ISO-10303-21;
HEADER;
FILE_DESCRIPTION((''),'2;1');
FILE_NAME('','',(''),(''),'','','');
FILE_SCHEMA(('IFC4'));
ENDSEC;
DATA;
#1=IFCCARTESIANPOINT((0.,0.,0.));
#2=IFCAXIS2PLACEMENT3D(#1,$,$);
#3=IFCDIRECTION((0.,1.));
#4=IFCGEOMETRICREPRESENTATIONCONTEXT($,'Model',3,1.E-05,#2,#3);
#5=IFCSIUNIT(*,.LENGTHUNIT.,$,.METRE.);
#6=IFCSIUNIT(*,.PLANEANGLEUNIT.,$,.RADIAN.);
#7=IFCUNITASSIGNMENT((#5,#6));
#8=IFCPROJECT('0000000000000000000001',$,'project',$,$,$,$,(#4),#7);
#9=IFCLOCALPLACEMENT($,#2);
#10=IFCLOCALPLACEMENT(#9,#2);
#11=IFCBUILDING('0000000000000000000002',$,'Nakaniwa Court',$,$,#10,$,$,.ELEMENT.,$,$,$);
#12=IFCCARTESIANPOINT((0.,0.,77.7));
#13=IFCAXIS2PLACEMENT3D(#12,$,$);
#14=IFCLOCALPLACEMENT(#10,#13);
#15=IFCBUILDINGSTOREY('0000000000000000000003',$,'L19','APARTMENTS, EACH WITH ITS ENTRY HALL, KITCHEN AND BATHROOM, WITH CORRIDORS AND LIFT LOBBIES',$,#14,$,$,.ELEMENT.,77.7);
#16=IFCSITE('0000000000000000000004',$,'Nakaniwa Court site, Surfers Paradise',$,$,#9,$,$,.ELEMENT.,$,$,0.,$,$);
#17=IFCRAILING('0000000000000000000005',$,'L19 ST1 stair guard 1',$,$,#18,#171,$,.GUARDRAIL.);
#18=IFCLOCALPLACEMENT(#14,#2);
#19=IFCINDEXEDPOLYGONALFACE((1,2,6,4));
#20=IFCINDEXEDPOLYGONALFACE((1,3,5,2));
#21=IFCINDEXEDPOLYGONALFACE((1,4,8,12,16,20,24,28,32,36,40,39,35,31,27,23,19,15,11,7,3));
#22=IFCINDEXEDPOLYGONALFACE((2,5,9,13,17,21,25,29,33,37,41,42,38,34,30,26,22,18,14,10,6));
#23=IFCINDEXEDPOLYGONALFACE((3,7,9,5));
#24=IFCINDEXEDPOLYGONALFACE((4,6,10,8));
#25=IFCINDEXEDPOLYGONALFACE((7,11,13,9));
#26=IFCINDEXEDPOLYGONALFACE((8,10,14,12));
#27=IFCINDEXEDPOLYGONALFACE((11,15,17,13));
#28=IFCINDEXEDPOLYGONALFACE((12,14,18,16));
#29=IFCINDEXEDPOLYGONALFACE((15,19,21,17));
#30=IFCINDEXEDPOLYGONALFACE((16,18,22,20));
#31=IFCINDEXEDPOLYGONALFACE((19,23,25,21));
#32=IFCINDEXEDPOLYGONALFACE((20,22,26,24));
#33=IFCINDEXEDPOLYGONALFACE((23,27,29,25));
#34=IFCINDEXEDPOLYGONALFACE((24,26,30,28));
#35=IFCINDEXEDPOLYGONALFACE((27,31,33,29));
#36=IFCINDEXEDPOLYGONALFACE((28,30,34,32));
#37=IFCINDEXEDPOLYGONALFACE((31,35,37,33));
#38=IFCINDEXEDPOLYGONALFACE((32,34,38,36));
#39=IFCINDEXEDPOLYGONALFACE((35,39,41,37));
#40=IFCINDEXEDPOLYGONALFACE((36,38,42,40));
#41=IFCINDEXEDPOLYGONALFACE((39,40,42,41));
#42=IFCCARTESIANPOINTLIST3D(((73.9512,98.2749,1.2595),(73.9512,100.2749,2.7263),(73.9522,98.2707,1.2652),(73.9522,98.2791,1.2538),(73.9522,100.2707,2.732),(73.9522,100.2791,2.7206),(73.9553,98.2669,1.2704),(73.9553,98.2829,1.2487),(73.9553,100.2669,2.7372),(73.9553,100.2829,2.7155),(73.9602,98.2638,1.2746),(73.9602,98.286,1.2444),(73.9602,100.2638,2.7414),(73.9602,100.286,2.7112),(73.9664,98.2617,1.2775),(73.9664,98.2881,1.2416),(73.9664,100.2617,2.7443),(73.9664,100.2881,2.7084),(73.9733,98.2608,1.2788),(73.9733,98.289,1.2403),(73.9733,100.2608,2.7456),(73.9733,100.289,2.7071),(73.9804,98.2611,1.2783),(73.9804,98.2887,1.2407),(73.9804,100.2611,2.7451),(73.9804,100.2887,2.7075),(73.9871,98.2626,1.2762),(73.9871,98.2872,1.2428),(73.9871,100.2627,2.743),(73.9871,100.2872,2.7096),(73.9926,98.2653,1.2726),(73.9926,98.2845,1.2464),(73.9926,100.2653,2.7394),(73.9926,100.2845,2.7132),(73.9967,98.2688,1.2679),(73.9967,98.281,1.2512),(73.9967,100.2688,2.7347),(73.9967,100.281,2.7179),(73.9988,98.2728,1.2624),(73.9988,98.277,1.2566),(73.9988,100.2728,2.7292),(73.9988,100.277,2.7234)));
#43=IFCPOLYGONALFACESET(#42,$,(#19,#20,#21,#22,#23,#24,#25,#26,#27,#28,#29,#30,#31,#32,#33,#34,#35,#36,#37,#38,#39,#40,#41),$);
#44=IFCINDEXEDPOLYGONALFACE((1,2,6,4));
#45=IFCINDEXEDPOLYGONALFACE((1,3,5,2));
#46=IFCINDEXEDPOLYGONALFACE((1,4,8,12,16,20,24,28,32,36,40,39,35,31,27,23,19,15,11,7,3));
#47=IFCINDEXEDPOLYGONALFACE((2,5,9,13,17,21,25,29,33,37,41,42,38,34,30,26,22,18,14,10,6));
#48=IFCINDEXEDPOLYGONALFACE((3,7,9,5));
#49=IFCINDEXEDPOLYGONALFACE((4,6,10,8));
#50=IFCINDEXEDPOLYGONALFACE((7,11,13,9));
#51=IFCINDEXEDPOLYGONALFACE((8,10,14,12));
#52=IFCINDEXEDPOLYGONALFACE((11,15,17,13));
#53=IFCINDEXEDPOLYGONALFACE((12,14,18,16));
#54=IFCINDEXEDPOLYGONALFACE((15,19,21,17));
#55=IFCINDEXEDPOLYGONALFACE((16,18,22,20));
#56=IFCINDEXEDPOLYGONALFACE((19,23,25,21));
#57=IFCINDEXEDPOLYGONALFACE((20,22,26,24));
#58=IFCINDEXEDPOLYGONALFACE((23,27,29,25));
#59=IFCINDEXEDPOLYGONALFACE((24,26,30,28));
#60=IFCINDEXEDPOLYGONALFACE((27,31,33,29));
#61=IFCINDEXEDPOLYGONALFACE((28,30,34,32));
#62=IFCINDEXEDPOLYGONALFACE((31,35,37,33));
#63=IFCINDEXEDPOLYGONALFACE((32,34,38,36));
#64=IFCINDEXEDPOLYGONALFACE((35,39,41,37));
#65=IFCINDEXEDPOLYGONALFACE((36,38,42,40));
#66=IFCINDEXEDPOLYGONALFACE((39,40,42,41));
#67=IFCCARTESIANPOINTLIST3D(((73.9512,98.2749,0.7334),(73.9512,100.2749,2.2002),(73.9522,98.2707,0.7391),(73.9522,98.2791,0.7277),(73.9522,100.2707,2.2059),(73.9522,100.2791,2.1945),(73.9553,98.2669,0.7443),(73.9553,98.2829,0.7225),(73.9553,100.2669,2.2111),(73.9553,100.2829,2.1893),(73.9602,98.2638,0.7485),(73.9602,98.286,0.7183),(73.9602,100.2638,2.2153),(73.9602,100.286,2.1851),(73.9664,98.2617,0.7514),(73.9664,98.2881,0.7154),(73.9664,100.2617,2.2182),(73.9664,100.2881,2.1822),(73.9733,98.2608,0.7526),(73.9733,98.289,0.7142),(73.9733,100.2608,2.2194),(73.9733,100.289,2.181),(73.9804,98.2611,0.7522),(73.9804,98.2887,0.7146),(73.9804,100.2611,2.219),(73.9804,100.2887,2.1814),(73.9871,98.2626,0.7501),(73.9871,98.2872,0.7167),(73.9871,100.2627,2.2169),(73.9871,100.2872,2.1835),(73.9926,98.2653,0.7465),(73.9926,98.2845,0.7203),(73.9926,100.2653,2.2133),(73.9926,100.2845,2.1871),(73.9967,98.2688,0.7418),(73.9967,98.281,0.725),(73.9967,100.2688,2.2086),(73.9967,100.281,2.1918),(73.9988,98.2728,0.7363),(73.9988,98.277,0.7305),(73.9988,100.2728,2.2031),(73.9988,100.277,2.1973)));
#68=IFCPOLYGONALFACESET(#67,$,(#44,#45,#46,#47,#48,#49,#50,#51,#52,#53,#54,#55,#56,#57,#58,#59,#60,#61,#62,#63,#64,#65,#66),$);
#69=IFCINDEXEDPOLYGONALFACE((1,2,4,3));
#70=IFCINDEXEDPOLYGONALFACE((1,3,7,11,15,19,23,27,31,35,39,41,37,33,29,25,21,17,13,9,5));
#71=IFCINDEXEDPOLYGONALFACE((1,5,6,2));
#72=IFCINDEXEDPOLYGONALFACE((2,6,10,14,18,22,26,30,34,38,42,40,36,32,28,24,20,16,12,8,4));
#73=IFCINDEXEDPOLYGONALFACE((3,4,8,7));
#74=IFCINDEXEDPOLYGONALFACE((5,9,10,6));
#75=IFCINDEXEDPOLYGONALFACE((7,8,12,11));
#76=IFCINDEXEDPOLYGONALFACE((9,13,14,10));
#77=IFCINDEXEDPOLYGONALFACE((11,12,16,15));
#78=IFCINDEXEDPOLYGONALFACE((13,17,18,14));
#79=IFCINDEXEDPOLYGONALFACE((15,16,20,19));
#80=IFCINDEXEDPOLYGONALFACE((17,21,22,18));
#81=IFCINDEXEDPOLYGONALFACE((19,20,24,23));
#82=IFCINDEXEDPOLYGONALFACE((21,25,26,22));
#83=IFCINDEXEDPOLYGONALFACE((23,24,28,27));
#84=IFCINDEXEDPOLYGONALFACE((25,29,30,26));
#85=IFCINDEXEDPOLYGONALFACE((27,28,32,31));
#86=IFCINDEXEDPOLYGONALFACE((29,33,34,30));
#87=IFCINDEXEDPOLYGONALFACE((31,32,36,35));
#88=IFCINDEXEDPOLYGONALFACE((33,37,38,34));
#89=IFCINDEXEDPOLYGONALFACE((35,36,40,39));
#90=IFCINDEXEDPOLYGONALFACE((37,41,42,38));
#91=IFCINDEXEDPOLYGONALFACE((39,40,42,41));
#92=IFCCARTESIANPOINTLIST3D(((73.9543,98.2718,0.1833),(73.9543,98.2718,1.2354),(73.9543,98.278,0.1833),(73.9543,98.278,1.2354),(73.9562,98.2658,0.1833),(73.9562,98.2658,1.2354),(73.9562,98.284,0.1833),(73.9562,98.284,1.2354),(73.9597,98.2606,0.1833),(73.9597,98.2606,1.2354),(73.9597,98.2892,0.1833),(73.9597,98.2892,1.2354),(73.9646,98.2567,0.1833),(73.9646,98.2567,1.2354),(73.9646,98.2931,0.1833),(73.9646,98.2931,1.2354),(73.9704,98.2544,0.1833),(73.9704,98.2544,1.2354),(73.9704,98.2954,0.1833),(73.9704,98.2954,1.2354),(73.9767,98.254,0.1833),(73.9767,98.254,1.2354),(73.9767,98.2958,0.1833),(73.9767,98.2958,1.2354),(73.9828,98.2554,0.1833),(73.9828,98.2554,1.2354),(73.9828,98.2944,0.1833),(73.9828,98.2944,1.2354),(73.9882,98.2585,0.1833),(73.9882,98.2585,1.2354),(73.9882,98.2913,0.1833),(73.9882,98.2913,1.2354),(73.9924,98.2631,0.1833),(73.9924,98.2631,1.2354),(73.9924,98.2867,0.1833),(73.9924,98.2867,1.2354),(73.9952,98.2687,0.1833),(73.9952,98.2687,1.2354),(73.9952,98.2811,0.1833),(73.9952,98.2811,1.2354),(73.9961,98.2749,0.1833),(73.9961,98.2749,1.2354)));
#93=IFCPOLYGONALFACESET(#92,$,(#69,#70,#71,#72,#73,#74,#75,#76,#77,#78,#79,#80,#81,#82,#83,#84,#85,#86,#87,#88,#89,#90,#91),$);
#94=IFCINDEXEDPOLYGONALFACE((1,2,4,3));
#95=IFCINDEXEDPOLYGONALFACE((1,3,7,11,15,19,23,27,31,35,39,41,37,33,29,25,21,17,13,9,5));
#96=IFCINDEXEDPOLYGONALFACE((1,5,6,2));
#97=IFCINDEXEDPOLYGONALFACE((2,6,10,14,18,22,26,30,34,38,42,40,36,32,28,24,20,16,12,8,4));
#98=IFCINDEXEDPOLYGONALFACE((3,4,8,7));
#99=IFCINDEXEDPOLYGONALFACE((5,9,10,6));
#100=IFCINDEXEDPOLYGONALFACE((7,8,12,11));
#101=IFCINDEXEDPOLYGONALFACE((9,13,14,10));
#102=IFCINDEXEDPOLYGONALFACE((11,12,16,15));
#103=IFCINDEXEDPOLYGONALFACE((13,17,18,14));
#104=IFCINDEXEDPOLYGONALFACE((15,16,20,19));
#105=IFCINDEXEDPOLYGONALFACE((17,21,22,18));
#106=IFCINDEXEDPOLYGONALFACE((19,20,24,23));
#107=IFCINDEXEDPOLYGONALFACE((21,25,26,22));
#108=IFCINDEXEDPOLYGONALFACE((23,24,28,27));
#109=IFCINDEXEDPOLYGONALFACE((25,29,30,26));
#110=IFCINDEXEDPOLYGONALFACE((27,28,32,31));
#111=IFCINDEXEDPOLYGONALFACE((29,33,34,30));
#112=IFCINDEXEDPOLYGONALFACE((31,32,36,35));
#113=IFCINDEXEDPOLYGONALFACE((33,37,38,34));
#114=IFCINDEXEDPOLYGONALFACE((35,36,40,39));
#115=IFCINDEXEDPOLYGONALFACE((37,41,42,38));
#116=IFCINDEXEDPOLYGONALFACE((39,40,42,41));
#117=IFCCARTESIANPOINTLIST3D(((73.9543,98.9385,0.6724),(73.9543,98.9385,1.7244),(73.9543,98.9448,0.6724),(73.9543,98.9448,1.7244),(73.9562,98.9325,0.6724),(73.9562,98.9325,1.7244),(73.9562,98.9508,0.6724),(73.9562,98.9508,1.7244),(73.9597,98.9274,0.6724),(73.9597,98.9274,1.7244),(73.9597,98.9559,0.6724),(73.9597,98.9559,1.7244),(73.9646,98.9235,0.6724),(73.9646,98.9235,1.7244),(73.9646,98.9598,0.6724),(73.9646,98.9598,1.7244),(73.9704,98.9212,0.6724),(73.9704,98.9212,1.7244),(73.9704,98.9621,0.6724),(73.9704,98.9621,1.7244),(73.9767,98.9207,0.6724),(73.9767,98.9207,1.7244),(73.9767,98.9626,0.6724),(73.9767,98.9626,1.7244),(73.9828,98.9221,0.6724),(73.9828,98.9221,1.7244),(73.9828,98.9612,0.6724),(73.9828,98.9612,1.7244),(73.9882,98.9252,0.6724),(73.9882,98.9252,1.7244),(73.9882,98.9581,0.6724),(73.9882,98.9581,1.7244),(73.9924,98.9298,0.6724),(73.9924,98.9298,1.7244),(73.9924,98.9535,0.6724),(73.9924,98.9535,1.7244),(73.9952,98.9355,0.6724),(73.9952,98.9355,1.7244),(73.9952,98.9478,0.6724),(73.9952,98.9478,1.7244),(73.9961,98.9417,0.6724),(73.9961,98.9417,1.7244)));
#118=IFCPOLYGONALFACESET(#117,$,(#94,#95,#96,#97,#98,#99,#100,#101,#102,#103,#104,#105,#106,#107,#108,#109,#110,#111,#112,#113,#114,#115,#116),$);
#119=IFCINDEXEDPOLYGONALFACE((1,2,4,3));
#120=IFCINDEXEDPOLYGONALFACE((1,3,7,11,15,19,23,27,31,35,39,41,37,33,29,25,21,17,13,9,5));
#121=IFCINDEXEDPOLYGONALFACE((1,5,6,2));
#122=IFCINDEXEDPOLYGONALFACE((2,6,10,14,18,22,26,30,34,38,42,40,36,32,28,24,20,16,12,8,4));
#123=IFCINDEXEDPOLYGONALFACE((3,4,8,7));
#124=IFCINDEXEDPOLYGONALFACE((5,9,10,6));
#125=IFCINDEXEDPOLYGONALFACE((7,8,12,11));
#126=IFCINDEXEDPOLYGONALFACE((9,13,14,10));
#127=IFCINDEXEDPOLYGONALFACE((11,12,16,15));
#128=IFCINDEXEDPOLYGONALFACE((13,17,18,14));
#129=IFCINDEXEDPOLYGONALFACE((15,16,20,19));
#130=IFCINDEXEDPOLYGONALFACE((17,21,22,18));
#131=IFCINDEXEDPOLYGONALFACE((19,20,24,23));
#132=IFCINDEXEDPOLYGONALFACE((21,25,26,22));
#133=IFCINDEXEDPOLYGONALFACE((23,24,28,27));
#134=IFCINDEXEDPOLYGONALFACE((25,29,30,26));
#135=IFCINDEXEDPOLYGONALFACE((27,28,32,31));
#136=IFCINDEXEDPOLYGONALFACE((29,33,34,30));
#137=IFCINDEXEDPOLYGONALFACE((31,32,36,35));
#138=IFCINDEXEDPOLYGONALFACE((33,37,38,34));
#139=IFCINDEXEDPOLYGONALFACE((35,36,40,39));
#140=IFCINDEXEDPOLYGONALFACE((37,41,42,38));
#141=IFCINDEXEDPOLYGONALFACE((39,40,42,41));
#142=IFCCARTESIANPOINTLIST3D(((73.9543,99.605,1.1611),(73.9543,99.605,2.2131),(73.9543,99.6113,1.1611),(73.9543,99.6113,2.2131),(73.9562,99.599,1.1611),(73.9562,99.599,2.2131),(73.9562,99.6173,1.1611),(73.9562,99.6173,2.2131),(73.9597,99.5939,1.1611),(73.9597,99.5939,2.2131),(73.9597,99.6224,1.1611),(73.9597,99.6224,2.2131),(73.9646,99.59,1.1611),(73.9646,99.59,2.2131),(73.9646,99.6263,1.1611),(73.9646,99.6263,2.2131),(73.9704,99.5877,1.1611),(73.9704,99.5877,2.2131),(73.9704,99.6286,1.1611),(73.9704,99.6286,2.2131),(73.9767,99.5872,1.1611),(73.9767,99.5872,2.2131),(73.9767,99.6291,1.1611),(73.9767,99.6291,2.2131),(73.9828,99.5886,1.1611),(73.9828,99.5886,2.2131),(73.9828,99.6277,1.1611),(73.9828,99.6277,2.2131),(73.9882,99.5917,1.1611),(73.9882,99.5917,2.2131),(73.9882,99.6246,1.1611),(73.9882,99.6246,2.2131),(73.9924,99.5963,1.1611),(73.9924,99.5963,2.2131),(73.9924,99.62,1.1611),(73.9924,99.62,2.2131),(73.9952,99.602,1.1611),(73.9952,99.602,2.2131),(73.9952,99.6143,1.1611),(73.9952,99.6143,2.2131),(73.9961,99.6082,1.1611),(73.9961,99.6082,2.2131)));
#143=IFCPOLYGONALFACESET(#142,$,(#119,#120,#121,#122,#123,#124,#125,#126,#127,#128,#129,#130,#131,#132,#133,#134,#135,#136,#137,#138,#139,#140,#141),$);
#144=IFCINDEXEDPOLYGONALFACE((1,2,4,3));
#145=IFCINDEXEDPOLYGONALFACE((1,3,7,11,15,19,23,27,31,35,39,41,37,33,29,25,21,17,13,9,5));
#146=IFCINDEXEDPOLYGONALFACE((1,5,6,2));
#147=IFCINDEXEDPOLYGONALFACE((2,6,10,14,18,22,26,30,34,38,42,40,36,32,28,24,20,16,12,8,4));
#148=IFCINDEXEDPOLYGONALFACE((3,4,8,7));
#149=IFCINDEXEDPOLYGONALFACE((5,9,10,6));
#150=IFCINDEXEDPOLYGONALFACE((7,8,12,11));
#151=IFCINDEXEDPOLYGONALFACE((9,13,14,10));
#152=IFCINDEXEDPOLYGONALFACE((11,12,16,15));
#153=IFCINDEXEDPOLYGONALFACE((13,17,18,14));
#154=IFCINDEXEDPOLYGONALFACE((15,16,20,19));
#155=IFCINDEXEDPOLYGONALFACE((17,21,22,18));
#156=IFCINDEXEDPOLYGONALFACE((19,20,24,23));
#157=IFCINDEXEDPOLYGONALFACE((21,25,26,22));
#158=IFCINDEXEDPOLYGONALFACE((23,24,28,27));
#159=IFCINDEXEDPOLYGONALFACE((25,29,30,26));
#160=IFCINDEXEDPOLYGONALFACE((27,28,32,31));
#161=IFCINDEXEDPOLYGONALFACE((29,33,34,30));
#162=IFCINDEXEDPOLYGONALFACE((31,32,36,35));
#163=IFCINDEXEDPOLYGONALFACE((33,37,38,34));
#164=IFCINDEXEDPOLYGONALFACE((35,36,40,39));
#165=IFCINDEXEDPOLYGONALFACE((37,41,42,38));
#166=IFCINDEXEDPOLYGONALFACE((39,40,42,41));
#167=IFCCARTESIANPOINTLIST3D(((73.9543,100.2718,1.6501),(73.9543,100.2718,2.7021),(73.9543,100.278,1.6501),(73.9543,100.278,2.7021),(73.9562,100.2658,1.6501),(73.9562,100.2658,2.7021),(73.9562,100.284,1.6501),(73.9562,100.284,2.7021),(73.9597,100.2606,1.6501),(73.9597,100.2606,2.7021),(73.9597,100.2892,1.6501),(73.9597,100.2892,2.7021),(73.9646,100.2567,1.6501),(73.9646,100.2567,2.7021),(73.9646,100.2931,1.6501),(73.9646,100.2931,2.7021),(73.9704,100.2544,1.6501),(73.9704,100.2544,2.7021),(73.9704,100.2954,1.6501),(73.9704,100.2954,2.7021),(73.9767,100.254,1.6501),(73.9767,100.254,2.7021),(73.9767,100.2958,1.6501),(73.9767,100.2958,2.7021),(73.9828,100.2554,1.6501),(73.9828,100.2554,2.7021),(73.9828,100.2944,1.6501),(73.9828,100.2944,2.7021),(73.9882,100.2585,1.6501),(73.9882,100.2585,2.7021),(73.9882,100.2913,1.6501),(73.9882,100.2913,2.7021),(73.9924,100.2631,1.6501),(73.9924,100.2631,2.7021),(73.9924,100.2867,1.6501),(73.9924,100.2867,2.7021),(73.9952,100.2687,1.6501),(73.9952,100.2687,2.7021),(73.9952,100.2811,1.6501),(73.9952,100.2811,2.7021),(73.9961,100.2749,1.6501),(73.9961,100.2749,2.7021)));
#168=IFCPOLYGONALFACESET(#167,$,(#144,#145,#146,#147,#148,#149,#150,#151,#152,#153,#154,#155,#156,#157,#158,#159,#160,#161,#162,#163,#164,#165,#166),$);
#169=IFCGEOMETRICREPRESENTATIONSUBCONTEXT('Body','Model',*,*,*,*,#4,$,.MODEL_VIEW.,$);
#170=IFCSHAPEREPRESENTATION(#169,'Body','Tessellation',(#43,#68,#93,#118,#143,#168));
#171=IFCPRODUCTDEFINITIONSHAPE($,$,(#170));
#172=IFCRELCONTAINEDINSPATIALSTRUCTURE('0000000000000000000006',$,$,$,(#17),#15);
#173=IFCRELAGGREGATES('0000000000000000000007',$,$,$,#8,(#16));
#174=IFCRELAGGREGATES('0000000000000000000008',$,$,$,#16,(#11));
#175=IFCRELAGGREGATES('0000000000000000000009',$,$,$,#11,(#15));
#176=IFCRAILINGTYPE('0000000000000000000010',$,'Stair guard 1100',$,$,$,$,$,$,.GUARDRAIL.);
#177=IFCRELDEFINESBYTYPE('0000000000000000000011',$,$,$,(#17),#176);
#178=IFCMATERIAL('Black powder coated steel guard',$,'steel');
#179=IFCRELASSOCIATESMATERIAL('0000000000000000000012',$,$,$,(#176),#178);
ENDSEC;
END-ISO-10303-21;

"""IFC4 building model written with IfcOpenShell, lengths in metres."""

from ifc_helpers import new_model, si_unit, direction, frame, origin, origin_2d, place, context, subcontext, project, spatial, circle, extrude, material, type_object, element, save


model = new_model("IFC4")

# Units and contexts
model_context = context("Model", 3, precision=1e-05, world=origin(), true_north=direction((0.0, 1.0)))
body_context = subcontext(model_context, "Body", "Model", "MODEL_VIEW")
ifc_project = project(units=[si_unit("LENGTHUNIT", "METRE"), si_unit("PLANEANGLEUNIT", "RADIAN")], contexts=[model_context])

# Site, building, storey
site_placement = place(None, origin())
site = spatial("IfcSite", under=ifc_project, at=site_placement, Name="Nakaniwa Court site, Surfers Paradise", CompositionType="ELEMENT", RefElevation=0.0)
building_placement = place(site_placement, origin())
building = spatial("IfcBuilding", under=site, at=building_placement, Name="Nakaniwa Court", CompositionType="ELEMENT")
storey_placement = place(building_placement, frame((0.0, 0.0, 77.7)))
storey = spatial("IfcBuildingStorey", under=building, at=storey_placement, Name="L19", Description="APARTMENTS, EACH WITH ITS ENTRY HALL, KITCHEN AND BATHROOM, WITH CORRIDORS AND LIFT LOBBIES", CompositionType="ELEMENT", Elevation=77.7)

# Railing
ifc_material_1 = material(Name="Black powder coated steel guard", Category="steel")
railing_type_1 = type_object("IfcRailingType", Name="Stair guard 1100", PredefinedType="GUARDRAIL", material=ifc_material_1)
railing_1_placement = place(storey_placement, frame((73.9751, 98.2749, 0.1833)))
element("IfcRailing", 1, at=railing_1_placement, inside=storey, type_object=railing_type_1, Name="L19 ST1 stair guard 1", PredefinedType="GUARDRAIL", context=body_context, shape_type="SweptSolid", body=[
    extrude(circle(Radius=0.0239, at=origin_2d()), frame((0.0, 0.0, 1.0762), z_axis=(0.0, 0.80638, 0.591398), x_axis=(-1.0, 0.0, 0.0)), (0.0, 0.0, 1.0), 2.4802),
    extrude(circle(Radius=0.0239, at=origin_2d()), frame((0.0, 0.0, 0.55), z_axis=(0.0, 0.80638, 0.591398), x_axis=(-1.0, 0.0, 0.0)), (0.0, 0.0, 1.0), 2.4802),
    extrude(circle(Radius=0.021, at=origin_2d()), origin(), (0.0, 0.0, 1.0), 1.052),
    extrude(circle(Radius=0.021, at=origin_2d()), frame((0.0, 0.6667, 0.489)), (0.0, 0.0, 1.0), 1.052),
    extrude(circle(Radius=0.021, at=origin_2d()), frame((0.0, 1.3333, 0.9778)), (0.0, 0.0, 1.0), 1.052),
    extrude(circle(Radius=0.021, at=origin_2d()), frame((0.0, 2.0, 1.4668)), (0.0, 0.0, 1.0), 1.052),
])

save(model, "model.ifc")
